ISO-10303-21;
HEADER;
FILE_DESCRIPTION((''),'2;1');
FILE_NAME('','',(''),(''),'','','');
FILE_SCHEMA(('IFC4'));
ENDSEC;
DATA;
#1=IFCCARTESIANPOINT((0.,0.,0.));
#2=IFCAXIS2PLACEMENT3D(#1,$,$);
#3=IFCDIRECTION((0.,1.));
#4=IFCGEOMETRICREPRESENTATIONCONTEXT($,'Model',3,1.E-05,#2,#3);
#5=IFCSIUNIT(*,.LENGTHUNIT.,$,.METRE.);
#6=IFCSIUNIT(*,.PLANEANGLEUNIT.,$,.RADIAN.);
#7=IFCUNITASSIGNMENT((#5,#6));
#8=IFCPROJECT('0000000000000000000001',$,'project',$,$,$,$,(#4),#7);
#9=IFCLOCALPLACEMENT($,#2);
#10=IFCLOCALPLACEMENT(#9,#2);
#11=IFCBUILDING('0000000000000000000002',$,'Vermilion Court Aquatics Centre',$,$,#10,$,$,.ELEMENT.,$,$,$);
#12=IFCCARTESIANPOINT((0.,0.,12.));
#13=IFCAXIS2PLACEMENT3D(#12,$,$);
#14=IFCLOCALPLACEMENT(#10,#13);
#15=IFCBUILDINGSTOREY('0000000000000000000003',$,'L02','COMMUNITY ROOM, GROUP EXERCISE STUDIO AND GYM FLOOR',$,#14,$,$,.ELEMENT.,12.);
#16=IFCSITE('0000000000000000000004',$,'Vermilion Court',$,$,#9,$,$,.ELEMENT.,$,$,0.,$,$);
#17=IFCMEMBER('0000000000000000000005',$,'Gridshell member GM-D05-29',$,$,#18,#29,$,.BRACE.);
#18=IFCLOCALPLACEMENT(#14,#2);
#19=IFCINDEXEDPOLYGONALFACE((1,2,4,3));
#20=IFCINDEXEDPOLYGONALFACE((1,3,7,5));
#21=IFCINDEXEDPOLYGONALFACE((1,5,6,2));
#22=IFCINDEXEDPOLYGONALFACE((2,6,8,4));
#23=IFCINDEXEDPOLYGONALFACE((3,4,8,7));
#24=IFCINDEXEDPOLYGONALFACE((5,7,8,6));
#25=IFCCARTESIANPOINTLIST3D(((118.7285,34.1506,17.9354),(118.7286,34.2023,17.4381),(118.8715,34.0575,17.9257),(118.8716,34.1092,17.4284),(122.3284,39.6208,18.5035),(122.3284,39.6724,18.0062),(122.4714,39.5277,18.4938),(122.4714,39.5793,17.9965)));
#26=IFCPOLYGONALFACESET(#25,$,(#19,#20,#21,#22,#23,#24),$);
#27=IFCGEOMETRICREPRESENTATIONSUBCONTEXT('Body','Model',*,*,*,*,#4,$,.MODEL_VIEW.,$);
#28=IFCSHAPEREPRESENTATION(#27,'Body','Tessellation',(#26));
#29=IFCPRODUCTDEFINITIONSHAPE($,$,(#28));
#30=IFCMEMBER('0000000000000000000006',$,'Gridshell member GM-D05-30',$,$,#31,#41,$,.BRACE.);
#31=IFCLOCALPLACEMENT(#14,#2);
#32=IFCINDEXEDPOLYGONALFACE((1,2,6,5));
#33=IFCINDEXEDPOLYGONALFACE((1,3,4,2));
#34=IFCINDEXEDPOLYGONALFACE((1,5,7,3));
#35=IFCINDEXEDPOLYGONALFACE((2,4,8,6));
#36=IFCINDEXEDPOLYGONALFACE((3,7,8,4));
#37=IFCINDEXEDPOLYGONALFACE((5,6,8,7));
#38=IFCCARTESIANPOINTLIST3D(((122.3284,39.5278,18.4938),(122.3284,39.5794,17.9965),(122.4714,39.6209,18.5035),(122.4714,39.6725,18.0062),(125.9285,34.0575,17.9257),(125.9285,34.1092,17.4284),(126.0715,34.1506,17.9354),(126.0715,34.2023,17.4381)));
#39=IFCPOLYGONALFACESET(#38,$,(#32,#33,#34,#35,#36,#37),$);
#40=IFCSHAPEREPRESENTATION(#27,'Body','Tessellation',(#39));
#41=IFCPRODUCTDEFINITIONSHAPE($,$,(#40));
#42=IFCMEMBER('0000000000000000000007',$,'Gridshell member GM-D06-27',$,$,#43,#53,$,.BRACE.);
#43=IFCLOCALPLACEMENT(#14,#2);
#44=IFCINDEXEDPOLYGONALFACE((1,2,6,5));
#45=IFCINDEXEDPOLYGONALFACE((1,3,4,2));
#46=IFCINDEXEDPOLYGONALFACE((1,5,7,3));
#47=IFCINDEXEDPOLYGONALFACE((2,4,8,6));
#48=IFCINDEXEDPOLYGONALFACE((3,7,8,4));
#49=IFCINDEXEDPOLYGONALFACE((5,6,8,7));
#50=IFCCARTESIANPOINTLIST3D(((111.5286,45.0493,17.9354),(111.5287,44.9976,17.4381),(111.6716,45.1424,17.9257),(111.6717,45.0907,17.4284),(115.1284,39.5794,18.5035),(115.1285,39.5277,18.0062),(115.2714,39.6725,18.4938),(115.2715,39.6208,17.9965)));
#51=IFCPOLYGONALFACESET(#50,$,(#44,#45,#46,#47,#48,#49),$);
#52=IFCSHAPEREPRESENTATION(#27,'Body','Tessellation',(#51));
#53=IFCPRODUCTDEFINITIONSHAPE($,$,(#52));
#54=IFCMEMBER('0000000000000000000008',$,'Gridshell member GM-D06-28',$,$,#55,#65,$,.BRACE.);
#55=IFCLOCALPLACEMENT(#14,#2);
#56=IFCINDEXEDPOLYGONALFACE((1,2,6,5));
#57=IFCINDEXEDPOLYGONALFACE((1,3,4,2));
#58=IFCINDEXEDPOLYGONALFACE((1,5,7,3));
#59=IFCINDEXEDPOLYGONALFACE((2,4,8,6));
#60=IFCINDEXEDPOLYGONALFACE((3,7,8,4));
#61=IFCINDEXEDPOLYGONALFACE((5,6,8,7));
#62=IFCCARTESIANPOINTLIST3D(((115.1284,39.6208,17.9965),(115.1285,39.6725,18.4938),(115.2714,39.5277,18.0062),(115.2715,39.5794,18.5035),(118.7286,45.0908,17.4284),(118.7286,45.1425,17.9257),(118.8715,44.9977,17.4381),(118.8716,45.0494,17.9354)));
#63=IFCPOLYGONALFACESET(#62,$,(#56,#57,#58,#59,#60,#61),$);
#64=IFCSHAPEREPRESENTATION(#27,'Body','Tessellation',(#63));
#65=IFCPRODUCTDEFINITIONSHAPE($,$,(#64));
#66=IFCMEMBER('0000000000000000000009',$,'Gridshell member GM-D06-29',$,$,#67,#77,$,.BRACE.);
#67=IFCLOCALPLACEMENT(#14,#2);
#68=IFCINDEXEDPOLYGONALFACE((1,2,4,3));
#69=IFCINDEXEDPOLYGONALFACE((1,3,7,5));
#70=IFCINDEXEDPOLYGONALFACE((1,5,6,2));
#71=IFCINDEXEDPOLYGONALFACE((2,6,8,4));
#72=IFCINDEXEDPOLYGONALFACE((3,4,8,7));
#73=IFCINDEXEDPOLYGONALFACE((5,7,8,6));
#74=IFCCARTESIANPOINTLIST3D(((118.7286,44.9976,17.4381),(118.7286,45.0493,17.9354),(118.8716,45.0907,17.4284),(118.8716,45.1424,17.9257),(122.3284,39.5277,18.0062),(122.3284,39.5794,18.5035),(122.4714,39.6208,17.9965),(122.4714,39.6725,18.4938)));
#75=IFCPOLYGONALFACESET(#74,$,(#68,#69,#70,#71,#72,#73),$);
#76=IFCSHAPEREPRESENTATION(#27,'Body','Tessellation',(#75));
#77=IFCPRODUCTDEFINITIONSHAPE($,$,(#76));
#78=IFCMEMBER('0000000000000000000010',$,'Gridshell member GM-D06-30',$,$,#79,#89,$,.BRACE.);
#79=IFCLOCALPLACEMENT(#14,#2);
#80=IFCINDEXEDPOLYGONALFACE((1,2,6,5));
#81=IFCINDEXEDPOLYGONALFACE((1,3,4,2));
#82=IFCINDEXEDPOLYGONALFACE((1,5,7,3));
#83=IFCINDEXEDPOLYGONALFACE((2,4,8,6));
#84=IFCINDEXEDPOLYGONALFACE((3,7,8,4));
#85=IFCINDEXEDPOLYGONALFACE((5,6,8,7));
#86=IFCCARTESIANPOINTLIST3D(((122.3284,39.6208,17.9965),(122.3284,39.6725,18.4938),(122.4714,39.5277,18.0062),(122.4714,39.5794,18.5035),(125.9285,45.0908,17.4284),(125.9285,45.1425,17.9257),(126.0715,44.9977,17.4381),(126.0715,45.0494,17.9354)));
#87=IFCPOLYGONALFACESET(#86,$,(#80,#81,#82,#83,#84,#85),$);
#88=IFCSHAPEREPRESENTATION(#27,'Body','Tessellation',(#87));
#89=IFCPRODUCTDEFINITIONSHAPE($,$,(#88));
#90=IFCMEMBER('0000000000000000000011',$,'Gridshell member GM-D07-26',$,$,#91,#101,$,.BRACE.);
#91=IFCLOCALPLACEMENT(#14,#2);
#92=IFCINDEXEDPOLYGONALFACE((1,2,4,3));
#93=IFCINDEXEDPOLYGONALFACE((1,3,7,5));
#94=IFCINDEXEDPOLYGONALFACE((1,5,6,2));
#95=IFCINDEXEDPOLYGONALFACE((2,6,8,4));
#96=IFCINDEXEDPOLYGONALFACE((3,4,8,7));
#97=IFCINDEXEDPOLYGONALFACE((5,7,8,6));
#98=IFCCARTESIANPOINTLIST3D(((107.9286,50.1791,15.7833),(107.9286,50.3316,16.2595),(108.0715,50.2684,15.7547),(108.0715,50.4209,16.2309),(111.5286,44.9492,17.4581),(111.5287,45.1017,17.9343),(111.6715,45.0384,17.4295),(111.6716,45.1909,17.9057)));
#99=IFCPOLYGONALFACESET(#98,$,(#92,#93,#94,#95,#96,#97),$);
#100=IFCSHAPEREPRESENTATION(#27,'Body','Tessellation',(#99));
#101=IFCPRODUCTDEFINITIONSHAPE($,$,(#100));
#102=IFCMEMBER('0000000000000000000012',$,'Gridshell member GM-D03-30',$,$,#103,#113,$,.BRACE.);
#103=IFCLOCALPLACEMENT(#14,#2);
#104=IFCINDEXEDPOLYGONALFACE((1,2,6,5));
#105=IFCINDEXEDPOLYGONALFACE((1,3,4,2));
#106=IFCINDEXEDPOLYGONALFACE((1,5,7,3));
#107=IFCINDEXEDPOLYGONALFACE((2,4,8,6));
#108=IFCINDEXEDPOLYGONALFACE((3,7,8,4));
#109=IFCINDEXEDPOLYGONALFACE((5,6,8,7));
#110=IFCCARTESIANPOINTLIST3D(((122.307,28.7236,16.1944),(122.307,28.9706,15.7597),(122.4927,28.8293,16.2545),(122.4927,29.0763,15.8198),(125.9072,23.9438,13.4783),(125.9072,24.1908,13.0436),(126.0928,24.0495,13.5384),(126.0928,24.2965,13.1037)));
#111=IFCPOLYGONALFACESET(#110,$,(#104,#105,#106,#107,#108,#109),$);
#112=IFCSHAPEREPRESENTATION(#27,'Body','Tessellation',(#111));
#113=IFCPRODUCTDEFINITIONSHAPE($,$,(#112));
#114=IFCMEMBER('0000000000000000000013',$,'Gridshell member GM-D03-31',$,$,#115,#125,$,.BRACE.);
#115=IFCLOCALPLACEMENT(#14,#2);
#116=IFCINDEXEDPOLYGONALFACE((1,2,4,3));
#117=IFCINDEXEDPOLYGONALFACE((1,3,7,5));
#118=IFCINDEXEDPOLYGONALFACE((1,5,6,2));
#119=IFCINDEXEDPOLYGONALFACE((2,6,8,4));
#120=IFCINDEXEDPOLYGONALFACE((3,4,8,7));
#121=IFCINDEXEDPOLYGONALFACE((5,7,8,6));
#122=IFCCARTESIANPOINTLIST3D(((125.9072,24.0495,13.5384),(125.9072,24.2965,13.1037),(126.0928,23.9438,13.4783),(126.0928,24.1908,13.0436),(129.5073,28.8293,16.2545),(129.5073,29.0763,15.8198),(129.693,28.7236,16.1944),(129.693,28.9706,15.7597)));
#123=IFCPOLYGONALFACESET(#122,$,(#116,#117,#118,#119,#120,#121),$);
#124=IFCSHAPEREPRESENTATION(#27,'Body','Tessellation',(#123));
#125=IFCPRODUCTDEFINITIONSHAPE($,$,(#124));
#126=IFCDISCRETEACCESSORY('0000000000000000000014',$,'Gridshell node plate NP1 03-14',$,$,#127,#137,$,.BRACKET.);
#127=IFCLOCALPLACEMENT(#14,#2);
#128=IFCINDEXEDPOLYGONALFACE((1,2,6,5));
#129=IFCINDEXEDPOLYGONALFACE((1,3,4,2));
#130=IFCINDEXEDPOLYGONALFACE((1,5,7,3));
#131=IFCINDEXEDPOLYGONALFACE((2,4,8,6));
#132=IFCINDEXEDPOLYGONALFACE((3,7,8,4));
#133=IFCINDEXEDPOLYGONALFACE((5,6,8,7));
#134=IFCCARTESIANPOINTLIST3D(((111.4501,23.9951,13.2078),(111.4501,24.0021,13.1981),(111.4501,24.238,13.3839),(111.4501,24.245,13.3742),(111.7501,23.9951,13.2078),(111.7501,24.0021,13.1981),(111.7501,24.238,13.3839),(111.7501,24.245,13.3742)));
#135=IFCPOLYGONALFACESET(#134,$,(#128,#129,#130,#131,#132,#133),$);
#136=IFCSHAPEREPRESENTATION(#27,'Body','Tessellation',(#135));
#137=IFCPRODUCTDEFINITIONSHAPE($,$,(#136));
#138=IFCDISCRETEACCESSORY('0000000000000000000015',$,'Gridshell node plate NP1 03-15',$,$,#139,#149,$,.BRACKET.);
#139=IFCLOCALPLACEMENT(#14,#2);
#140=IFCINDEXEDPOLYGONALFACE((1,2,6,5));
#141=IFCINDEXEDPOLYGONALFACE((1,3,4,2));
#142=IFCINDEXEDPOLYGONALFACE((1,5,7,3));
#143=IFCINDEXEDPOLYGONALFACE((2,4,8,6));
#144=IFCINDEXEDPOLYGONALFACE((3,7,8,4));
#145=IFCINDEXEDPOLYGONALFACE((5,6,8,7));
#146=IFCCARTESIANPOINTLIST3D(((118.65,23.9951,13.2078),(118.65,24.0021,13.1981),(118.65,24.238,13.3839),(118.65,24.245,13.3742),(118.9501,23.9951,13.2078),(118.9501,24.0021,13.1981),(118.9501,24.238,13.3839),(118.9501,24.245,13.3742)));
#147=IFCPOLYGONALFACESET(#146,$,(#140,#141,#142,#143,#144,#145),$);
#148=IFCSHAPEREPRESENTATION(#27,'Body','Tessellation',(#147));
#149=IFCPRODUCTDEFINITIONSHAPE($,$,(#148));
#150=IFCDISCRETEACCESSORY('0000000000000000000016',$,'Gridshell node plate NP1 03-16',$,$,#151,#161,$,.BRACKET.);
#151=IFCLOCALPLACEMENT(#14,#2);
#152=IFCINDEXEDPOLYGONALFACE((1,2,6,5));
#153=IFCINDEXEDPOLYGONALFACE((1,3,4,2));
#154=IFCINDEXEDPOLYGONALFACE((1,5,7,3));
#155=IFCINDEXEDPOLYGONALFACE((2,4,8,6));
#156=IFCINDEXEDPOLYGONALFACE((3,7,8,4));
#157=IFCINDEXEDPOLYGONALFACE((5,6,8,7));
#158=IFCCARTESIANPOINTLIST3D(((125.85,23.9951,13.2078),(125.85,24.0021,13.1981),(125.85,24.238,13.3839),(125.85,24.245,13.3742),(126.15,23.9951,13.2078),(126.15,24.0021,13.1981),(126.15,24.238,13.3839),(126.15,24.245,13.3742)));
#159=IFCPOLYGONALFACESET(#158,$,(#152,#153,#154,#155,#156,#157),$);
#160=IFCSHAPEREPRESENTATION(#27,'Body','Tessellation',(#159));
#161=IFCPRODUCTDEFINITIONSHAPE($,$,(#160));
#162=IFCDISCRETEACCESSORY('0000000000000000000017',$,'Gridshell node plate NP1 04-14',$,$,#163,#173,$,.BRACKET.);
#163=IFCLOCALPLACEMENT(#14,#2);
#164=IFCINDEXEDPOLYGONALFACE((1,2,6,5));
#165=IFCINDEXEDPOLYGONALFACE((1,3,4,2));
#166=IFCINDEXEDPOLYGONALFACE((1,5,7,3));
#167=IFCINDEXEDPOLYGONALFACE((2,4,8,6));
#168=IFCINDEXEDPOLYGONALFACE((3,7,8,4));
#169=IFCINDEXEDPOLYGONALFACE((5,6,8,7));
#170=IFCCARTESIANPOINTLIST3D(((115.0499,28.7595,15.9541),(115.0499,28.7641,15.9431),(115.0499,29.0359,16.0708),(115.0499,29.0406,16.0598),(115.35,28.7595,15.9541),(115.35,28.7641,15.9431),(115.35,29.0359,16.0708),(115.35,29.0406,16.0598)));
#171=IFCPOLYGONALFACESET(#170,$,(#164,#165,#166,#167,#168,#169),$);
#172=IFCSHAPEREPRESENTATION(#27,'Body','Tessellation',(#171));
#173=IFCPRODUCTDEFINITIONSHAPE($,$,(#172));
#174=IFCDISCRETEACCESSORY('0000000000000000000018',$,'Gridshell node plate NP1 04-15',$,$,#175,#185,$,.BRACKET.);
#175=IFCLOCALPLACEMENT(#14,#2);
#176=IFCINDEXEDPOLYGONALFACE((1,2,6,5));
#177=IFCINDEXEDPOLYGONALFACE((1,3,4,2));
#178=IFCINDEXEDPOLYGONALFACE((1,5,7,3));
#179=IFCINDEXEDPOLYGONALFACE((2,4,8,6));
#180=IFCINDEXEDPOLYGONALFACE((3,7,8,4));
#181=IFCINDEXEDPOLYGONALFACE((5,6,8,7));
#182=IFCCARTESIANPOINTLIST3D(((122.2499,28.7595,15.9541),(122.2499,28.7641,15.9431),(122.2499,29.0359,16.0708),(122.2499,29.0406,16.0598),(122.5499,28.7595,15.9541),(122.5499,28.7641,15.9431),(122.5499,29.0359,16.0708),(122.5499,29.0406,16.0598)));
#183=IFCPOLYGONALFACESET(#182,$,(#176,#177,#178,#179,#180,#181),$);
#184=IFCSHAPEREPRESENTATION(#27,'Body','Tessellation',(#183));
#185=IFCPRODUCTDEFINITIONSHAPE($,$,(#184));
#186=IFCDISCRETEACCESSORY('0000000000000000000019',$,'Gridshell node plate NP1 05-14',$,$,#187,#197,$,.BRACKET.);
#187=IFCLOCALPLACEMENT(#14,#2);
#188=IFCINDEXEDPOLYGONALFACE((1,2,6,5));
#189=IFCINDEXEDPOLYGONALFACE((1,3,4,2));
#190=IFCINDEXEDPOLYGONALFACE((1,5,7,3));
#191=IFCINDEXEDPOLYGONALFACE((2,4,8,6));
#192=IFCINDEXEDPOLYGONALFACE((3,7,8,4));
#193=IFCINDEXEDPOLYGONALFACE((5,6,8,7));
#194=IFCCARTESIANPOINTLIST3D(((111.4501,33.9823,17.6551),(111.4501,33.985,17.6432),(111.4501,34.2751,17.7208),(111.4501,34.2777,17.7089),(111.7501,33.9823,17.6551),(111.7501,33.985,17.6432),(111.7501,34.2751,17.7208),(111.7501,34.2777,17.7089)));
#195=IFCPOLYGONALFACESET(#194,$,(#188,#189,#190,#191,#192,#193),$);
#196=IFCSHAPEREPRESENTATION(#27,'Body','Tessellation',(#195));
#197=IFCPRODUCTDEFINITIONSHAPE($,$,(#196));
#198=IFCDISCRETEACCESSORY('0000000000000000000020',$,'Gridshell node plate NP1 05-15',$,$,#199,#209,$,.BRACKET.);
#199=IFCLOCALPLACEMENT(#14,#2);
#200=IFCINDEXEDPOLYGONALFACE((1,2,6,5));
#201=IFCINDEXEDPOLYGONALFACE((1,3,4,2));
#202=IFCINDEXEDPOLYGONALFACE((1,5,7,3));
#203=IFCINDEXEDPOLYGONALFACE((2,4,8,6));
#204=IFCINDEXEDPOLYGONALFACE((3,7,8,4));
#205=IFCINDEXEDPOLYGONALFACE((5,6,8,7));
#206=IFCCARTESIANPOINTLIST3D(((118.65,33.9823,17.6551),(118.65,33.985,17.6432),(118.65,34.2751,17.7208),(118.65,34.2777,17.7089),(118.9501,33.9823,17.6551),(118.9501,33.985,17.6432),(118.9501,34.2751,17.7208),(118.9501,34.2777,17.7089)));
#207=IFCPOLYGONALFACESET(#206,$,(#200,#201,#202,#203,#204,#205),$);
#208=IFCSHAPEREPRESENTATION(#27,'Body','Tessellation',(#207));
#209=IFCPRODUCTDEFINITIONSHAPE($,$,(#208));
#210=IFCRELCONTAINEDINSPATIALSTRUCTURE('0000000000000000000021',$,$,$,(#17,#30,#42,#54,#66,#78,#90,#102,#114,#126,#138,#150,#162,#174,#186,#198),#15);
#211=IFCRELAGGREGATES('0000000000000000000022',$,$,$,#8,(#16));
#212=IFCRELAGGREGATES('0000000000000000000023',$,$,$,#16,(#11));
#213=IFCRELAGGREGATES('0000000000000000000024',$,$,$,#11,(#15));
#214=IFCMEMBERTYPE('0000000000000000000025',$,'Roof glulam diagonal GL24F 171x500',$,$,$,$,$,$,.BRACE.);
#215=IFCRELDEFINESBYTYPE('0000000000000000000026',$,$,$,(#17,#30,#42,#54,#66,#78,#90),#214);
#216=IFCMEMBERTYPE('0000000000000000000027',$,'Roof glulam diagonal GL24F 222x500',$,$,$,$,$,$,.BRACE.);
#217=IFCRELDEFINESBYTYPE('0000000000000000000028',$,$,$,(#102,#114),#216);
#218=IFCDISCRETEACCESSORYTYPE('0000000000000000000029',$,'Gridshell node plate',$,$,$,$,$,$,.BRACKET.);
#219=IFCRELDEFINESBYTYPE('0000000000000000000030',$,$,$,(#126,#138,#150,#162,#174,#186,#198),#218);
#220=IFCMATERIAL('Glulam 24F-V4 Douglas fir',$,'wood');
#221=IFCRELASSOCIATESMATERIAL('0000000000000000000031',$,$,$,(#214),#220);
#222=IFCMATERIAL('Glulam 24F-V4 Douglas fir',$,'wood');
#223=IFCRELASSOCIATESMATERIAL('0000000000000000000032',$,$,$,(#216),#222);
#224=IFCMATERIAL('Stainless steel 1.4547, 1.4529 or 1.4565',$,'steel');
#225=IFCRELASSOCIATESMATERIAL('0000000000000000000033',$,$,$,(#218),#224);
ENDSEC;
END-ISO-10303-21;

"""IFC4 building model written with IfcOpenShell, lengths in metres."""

from ifc_helpers import new_model, si_unit, direction, frame, origin, origin_2d, place, context, subcontext, project, spatial, rectangle, extrude, material, material_profile, profile_set, type_object, element, save


model = new_model("IFC4")

# Units and contexts
model_context = context("Model", 3, precision=1e-05, world=origin(), true_north=direction((0.0, 1.0)))
body_context = subcontext(model_context, "Body", "Model", "MODEL_VIEW")
ifc_project = project(units=[si_unit("LENGTHUNIT", "METRE"), si_unit("PLANEANGLEUNIT", "RADIAN")], contexts=[model_context])

# Site, building, storey
site_placement = place(None, origin())
site = spatial("IfcSite", under=ifc_project, at=site_placement, Name="Vermilion Court", CompositionType="ELEMENT", RefElevation=0.0)
building_placement = place(site_placement, origin())
building = spatial("IfcBuilding", under=site, at=building_placement, Name="Vermilion Court Aquatics Centre", CompositionType="ELEMENT")
storey_placement = place(building_placement, frame((0.0, 0.0, 12.0)))
storey = spatial("IfcBuildingStorey", under=building, at=storey_placement, Name="L02", Description="COMMUNITY ROOM, GROUP EXERCISE STUDIO AND GYM FLOOR", CompositionType="ELEMENT", Elevation=12.0)

# Members
ifc_material_1 = material(Name="Glulam 24F-V4 Douglas fir", Category="wood")
ifc_material_profile_1 = material_profile(ifc_material_1, rectangle(XDim=0.1709, YDim=0.5, at=origin_2d()), Name="GL24F 171x500")
ifc_profile_set_1 = profile_set([ifc_material_profile_1], Name="Glulam 24F-V4 Douglas fir")
member_type_1 = type_object("IfcMemberType", Name="Roof glulam diagonal GL24F 171x500", PredefinedType="BRACE", material=ifc_profile_set_1)
member_1_placement = place(storey_placement, frame((118.8, 34.1299, 17.6819), z_axis=(0.547669, 0.832219, 0.086431), x_axis=(-0.836695, 0.544743, 0.056532)))
element("IfcMember", 1, at=member_1_placement, inside=storey, type_object=member_type_1, Name="Gridshell member GM-D05-29", PredefinedType="BRACE", context=body_context, shape_type="SweptSolid", body=[
    extrude(rectangle(XDim=0.1709, YDim=0.5, at=origin_2d()), origin(), (0.0, 0.0, 1.0), 6.573),
])
member_2_placement = place(storey_placement, frame((126.0, 34.1299, 17.6819), z_axis=(-0.547695, 0.832202, 0.086429), x_axis=(-0.836678, -0.54477, -0.056532)))
element("IfcMember", 2, at=member_2_placement, inside=storey, type_object=member_type_1, Name="Gridshell member GM-D05-30", PredefinedType="BRACE", context=body_context, shape_type="SweptSolid", body=[
    extrude(rectangle(XDim=0.1709, YDim=0.5, at=origin_2d()), origin(), (0.0, 0.0, 1.0), 6.5732),
])
member_3_placement = place(storey_placement, frame((115.2, 39.6001, 18.25), z_axis=(-0.547686, 0.832208, -0.086434), x_axis=(-0.836684, -0.54476, 0.056532)))
element("IfcMember", 3, at=member_3_placement, inside=storey, type_object=member_type_1, Name="Gridshell member GM-D06-27", PredefinedType="BRACE", context=body_context, shape_type="SweptSolid", body=[
    extrude(rectangle(XDim=0.1709, YDim=0.5, at=origin_2d()), origin(), (0.0, 0.0, 1.0), 6.5728),
])
member_4_placement = place(storey_placement, frame((115.2, 39.6001, 18.25), z_axis=(0.547712, 0.832191, -0.086432), x_axis=(-0.836667, 0.544787, -0.056532)))
element("IfcMember", 4, at=member_4_placement, inside=storey, type_object=member_type_1, Name="Gridshell member GM-D06-28", PredefinedType="BRACE", context=body_context, shape_type="SweptSolid", body=[
    extrude(rectangle(XDim=0.1709, YDim=0.5, at=origin_2d()), origin(), (0.0, 0.0, 1.0), 6.573),
])
member_5_placement = place(storey_placement, frame((122.3999, 39.6001, 18.25), z_axis=(-0.547686, 0.832208, -0.086434), x_axis=(-0.836684, -0.54476, 0.056532)))
element("IfcMember", 5, at=member_5_placement, inside=storey, type_object=member_type_1, Name="Gridshell member GM-D06-29", PredefinedType="BRACE", context=body_context, shape_type="SweptSolid", body=[
    extrude(rectangle(XDim=0.1709, YDim=0.5, at=origin_2d()), origin(), (0.0, 0.0, 1.0), 6.5728),
])
member_6_placement = place(storey_placement, frame((122.3999, 39.6001, 18.25), z_axis=(0.547712, 0.832191, -0.086432), x_axis=(-0.836667, 0.544787, -0.056532)))
element("IfcMember", 6, at=member_6_placement, inside=storey, type_object=member_type_1, Name="Gridshell member GM-D06-30", PredefinedType="BRACE", context=body_context, shape_type="SweptSolid", body=[
    extrude(rectangle(XDim=0.1709, YDim=0.5, at=origin_2d()), origin(), (0.0, 0.0, 1.0), 6.573),
])
member_7_placement = place(storey_placement, frame((111.6001, 45.0701, 17.6819), z_axis=(-0.548256, 0.796469, -0.255055), x_axis=(-0.836311, -0.522113, 0.167278)))
element("IfcMember", 7, at=member_7_placement, inside=storey, type_object=member_type_1, Name="Gridshell member GM-D07-26", PredefinedType="BRACE", context=body_context, shape_type="SweptSolid", body=[
    extrude(rectangle(XDim=0.1709, YDim=0.5, at=origin_2d()), origin(), (0.0, 0.0, 1.0), 6.5664),
])
ifc_material_2 = material(Name="Glulam 24F-V4 Douglas fir", Category="wood")
ifc_material_profile_2 = material_profile(ifc_material_2, rectangle(XDim=0.2219, YDim=0.5, at=origin_2d()), Name="GL24F 222x500")
ifc_profile_set_2 = profile_set([ifc_material_profile_2], Name="Glulam 24F-V4 Douglas fir")
member_type_2 = type_object("IfcMemberType", Name="Roof glulam diagonal GL24F 222x500", PredefinedType="BRACE", material=ifc_profile_set_2)
for number, where, z_axis, x_axis, name in (
    (8, (126.0, 24.1201, 13.291), (-0.547839, 0.727355, 0.413312), (-0.836584, -0.476332, -0.27062), "Gridshell member GM-D03-30"),
    (9, (126.0, 24.1201, 13.291), (0.547839, 0.727355, 0.413312), (-0.836584, 0.476332, 0.27062), "Gridshell member GM-D03-31"),
):
    element("IfcMember", number, at=place(storey_placement, frame(where, z_axis=z_axis, x_axis=x_axis)), inside=storey, type_object=member_type_2, Name=name, PredefinedType="BRACE", context=body_context, shape_type="SweptSolid", body=[
        extrude(rectangle(XDim=0.2219, YDim=0.5, at=origin_2d()), origin(), (0.0, 0.0, 1.0), 6.5715),
    ])

# Discrete accessories
ifc_material_3 = material(Name="Stainless steel 1.4547, 1.4529 or 1.4565", Category="steel")
ifc_material_profile_3 = material_profile(ifc_material_3, rectangle(XDim=0.3, YDim=0.3, at=origin_2d()), Name="PL 12 x 300 x 300")
ifc_profile_set_3 = profile_set([ifc_material_profile_3], Name="Stainless steel 1.4547, 1.4529 or 1.4565")
discrete_accessory_type = type_object("IfcDiscreteAccessoryType", Name="Gridshell node plate", PredefinedType="BRACKET", material=ifc_profile_set_3)
for number, where, z_axis, x_axis, name in (
    (10, (111.6001, 24.1235, 13.2861), (0.0, -0.586968, 0.80961), (1.0, 0.0, 0.0), "Gridshell node plate NP1 03-14"),
    (11, (118.8, 24.1235, 13.2861), (0.0, -0.586968, 0.80961), (1.0, 0.0, 0.0), "Gridshell node plate NP1 03-15"),
    (12, (126.0, 24.1235, 13.2861), (0.0, -0.586968, 0.80961), (1.0, 0.0, 0.0), "Gridshell node plate NP1 03-16"),
    (13, (115.2, 28.9023, 16.0015), (0.0, -0.388972, 0.92125), (1.0, 0.0, 0.0), "Gridshell node plate NP1 04-14"),
    (14, (122.3999, 28.9023, 16.0015), (0.0, -0.388972, 0.92125), (1.0, 0.0, 0.0), "Gridshell node plate NP1 04-15"),
):
    element("IfcDiscreteAccessory", number, at=place(storey_placement, frame(where, z_axis=z_axis, x_axis=x_axis)), inside=storey, type_object=discrete_accessory_type, Name=name, PredefinedType="BRACKET", context=body_context, shape_type="SweptSolid", body=[
        extrude(rectangle(XDim=0.3, YDim=0.3, at=origin_2d()), origin(), (0.0, 0.0, 1.0), 0.012),
    ])
for number, where, z_axis, x_axis, name in (
    (15, (111.6001, 34.1313, 17.676), (0.0, -0.219038, 0.975716), (1.0, 0.0, 0.0), "Gridshell node plate NP1 05-14"),
    (16, (118.8, 34.1313, 17.676), (0.0, -0.219038, 0.975716), (1.0, 0.0, 0.0), "Gridshell node plate NP1 05-15"),
):
    element("IfcDiscreteAccessory", number, at=place(storey_placement, frame(where, z_axis=z_axis, x_axis=x_axis)), inside=storey, type_object=discrete_accessory_type, Name=name, PredefinedType="BRACKET", context=body_context, shape_type="SweptSolid", body=[
        extrude(rectangle(XDim=0.3, YDim=0.3, at=origin_2d()), origin(), (0.0, 0.0, 1.0), 0.0122),
    ])

save(model, "model.ifc")
